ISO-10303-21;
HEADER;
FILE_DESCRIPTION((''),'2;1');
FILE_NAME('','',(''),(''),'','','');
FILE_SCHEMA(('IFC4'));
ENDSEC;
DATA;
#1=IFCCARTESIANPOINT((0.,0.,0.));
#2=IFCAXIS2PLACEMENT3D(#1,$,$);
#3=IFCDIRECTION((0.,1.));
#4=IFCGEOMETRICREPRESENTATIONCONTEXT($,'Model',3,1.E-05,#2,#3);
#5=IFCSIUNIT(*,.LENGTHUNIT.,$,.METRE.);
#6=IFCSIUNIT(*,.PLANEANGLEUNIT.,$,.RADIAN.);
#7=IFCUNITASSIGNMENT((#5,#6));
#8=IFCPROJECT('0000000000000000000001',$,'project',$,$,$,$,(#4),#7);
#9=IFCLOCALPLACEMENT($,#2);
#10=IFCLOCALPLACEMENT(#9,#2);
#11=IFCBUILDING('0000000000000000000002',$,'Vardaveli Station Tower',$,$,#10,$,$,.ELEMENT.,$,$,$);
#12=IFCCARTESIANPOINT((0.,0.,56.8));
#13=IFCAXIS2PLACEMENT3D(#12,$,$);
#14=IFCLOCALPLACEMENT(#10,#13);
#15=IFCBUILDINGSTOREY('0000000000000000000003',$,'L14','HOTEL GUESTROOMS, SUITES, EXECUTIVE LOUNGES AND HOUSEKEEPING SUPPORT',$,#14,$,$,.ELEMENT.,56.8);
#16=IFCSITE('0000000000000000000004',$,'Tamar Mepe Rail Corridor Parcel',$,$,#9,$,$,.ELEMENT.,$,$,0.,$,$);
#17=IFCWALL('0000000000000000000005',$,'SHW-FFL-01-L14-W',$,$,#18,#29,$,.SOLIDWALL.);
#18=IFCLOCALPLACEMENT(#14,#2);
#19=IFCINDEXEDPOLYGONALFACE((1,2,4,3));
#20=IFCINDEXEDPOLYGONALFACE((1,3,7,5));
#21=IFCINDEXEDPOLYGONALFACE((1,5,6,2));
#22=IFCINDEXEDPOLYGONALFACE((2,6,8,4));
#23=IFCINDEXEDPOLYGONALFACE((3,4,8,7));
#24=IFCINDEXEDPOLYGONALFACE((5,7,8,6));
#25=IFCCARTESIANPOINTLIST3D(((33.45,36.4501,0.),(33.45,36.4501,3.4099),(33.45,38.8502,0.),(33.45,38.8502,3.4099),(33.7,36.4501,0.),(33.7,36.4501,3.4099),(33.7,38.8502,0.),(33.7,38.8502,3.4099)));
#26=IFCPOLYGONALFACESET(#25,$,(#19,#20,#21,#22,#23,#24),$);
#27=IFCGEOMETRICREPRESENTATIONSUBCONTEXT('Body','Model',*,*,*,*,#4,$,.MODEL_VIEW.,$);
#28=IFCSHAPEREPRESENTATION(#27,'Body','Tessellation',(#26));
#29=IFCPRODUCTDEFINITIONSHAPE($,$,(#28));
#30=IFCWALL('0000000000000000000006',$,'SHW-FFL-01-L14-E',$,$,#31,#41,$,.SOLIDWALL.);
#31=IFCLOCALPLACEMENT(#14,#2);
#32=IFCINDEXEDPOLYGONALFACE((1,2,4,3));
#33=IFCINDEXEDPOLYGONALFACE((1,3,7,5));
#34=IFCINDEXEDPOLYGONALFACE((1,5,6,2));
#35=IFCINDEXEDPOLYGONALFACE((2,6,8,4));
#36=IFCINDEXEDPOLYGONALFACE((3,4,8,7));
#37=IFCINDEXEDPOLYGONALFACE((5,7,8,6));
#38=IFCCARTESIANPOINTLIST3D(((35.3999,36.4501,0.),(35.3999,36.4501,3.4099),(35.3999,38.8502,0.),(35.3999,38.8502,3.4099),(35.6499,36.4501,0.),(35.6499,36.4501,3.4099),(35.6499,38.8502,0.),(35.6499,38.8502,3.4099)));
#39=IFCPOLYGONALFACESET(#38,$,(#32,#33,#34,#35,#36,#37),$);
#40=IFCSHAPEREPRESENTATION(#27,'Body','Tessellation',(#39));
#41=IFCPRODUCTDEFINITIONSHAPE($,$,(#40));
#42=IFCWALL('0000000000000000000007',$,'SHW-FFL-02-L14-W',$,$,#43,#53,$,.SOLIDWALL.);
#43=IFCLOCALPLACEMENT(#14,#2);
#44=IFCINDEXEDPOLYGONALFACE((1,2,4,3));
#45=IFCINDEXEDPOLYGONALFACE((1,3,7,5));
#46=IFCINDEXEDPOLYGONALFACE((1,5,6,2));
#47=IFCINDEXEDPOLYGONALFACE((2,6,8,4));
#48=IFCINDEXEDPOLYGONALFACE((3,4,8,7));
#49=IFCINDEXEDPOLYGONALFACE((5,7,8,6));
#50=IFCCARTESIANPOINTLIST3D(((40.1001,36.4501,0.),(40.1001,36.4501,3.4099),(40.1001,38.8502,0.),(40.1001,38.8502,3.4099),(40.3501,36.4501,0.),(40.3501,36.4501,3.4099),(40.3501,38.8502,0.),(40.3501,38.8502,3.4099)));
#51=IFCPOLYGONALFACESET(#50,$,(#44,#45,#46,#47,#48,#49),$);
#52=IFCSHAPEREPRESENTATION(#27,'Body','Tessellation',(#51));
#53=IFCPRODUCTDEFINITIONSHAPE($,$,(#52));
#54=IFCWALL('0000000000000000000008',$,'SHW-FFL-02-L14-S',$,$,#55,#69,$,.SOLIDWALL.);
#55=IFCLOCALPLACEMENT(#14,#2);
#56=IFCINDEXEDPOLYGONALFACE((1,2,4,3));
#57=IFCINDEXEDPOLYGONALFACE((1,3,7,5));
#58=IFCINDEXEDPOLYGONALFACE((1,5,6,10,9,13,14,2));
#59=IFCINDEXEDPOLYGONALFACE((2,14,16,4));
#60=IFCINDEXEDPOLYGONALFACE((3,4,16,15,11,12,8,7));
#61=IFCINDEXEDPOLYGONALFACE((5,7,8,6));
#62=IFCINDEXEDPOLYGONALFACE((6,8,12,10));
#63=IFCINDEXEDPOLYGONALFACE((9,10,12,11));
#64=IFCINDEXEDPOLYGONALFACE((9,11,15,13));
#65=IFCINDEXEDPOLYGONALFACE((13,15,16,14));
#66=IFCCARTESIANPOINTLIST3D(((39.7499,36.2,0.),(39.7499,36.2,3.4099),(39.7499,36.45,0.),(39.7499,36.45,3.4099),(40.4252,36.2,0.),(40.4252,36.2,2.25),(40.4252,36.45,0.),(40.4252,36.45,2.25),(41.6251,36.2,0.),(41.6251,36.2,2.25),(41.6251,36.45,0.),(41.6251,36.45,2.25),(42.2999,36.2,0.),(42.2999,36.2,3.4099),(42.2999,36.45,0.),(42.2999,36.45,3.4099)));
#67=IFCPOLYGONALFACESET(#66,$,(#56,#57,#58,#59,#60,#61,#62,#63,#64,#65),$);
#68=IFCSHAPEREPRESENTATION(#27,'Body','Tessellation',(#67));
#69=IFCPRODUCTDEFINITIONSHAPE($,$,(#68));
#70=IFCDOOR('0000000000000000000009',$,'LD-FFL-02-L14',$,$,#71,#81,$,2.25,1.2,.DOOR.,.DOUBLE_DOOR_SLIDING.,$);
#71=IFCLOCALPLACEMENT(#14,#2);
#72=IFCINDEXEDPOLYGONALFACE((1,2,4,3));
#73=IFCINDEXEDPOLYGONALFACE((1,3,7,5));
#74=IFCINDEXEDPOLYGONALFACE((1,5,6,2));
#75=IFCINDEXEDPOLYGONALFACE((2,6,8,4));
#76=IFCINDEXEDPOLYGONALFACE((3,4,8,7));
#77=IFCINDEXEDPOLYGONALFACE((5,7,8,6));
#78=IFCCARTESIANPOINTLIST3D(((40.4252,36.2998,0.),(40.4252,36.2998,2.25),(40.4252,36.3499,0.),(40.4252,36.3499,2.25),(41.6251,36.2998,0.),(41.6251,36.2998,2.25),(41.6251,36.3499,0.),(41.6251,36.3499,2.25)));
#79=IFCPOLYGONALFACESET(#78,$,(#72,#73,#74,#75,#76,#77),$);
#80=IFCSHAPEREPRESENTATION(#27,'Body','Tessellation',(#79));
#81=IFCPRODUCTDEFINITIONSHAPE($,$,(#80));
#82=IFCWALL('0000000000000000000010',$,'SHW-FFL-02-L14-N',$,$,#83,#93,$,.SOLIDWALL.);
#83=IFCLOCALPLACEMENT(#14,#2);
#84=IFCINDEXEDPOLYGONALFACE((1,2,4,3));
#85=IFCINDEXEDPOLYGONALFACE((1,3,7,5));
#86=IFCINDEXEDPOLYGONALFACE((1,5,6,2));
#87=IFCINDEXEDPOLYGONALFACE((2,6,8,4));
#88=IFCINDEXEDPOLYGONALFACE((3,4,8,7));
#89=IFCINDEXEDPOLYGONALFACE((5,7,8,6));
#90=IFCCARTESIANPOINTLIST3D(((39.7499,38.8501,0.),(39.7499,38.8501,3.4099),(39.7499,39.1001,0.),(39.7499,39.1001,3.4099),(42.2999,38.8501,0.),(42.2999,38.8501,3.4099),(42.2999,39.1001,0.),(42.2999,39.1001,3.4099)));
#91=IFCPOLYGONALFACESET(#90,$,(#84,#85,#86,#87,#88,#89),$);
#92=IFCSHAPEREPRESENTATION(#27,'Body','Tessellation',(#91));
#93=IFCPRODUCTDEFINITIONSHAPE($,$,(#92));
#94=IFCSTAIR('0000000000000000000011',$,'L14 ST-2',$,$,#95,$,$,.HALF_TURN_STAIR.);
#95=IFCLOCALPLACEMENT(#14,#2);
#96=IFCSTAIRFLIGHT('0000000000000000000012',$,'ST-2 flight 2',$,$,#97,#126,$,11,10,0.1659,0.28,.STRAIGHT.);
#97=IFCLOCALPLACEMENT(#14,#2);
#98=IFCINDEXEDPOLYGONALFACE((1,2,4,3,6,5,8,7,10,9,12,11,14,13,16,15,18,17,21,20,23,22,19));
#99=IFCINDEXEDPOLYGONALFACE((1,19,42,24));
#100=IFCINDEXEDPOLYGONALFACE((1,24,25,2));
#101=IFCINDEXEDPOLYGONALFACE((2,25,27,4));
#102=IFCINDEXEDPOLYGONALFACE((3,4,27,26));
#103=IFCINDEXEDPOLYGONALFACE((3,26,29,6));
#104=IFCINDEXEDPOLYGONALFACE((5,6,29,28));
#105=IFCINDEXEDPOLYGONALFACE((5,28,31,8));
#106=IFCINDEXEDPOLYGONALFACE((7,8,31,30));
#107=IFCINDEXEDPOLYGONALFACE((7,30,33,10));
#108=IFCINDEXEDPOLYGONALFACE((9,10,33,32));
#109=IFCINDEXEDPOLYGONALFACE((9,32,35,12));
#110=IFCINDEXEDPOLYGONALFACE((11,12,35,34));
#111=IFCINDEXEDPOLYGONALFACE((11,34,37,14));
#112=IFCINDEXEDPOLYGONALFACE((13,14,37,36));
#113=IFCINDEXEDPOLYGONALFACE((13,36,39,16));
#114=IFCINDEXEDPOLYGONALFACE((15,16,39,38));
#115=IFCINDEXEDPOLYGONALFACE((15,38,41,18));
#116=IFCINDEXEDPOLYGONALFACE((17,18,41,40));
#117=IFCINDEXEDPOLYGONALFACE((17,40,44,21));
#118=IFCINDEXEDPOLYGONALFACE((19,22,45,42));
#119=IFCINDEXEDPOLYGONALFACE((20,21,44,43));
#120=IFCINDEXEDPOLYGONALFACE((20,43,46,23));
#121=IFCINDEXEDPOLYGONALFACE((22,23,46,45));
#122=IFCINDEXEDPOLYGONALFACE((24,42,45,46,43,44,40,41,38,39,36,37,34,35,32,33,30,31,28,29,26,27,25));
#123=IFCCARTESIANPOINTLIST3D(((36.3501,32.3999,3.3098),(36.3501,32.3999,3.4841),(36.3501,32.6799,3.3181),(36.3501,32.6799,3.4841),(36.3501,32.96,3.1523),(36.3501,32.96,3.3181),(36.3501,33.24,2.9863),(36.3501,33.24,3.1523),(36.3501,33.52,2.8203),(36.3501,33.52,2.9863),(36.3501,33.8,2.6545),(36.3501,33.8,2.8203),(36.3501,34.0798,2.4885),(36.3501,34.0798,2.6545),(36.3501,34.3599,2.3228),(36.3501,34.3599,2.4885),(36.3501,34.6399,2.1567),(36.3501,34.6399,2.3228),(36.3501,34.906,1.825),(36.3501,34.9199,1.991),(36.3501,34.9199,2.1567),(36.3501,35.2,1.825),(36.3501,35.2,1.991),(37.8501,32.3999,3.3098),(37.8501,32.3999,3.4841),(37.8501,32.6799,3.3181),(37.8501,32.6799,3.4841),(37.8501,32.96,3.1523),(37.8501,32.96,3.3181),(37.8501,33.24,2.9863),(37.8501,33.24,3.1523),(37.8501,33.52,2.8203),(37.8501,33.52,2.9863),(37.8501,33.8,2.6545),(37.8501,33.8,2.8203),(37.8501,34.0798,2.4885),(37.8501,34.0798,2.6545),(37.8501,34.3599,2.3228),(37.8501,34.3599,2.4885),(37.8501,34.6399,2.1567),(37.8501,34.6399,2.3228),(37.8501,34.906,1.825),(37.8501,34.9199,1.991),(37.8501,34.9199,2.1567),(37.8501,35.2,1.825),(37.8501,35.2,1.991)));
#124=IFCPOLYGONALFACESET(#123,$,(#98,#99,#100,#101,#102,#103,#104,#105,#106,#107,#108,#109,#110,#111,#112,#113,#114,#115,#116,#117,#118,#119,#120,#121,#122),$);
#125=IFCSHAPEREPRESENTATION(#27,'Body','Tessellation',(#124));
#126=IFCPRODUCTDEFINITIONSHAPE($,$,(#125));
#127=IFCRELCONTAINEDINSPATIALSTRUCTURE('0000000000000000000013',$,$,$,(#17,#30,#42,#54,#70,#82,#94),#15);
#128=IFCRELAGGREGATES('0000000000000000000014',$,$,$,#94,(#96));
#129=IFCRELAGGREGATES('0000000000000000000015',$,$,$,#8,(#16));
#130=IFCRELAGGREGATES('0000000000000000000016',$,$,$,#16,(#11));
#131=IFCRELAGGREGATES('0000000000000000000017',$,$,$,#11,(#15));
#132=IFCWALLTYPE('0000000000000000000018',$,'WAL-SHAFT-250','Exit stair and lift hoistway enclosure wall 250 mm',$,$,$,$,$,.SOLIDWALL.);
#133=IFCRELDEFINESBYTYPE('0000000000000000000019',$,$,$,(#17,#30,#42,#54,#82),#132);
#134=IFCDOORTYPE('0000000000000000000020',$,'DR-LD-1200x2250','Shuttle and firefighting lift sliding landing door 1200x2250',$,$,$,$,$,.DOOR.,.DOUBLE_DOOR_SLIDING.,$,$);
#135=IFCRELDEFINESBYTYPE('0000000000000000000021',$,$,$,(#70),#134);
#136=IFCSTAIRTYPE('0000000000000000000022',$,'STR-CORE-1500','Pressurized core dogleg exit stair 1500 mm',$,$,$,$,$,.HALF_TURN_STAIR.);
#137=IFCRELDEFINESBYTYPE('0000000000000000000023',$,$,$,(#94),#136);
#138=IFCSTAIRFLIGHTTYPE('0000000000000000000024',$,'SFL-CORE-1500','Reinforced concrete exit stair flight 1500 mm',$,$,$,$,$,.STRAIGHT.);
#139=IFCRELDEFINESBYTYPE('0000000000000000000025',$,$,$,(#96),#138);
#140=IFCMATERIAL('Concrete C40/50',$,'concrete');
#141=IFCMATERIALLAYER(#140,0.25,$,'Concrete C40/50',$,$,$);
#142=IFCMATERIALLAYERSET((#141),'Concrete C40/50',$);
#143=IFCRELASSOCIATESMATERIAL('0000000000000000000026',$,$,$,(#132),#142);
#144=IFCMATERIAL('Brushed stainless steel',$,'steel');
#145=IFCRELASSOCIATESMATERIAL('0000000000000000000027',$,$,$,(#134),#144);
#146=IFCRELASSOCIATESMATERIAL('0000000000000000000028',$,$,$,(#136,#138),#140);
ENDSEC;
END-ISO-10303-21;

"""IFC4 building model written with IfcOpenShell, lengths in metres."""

from ifc_helpers import new_model, si_unit, direction, frame, frame_2d, origin, place, context, subcontext, project, spatial, polyline, rectangle, outline, extrude, source, transform, mapped, material, layer, layer_set, type_object, element, fill, aggregate, save


model = new_model("IFC4")

# Units and contexts
model_context = context("Model", 3, precision=1e-05, world=origin(), true_north=direction((0.0, 1.0)))
body_context = subcontext(model_context, "Body", "Model", "MODEL_VIEW")
ifc_project = project(units=[si_unit("LENGTHUNIT", "METRE"), si_unit("PLANEANGLEUNIT", "RADIAN")], contexts=[model_context])

# Site, building, storey
site_placement = place(None, origin())
site = spatial("IfcSite", under=ifc_project, at=site_placement, Name="Tamar Mepe Rail Corridor Parcel", CompositionType="ELEMENT", RefElevation=0.0)
building_placement = place(site_placement, origin())
building = spatial("IfcBuilding", under=site, at=building_placement, Name="Vardaveli Station Tower", CompositionType="ELEMENT")
storey_placement = place(building_placement, frame((0.0, 0.0, 56.8)))
storey = spatial("IfcBuildingStorey", under=building, at=storey_placement, Name="L14", Description="HOTEL GUESTROOMS, SUITES, EXECUTIVE LOUNGES AND HOUSEKEEPING SUPPORT", CompositionType="ELEMENT", Elevation=56.8)

# Shared definitions
ifc_material_1 = material(Name="Concrete C40/50", Category="concrete")
ifc_layer_1 = layer(ifc_material_1, 0.25, Name="Concrete C40/50")
ifc_layer_set_1 = layer_set([ifc_layer_1], Name="Concrete C40/50")
wall_type_1 = type_object("IfcWallType", Name="WAL-SHAFT-250", Description="Exit stair and lift hoistway enclosure wall 250 mm", PredefinedType="SOLIDWALL", material=ifc_layer_set_1)

# Shared definitions
shared_shape_1 = source(origin(), body_context, "Body", "SweptSolid", [
    extrude(rectangle(XDim=1.2, YDim=2.25, at=frame_2d((0.6001, 1.125))), frame((0.0, 0.135, 0.0), z_axis=(0.0, -1.0, 0.0), x_axis=(1.0, 0.0, 0.0)), (0.0, 0.0, 1.0), 0.27),
])
ifc_material_2 = material(Name="Brushed stainless steel", Category="steel")
door_type = type_object("IfcDoorType", Name="DR-LD-1200x2250", Description="Shuttle and firefighting lift sliding landing door 1200x2250", OperationType="DOUBLE_DOOR_SLIDING", PredefinedType="DOOR", material=ifc_material_2)
shared_shape_2 = source(origin(), body_context, "Body", "SweptSolid", [
    extrude(rectangle(XDim=1.2, YDim=2.25, at=frame_2d((0.6001, 1.125))), frame((0.0, 0.0249, 0.0), z_axis=(0.0, -1.0, 0.0), x_axis=(1.0, 0.0, 0.0)), (0.0, 0.0, 1.0), 0.05),
])

# Walls
shared_shape_3 = source(origin(), body_context, "Body", "SweptSolid", [
    extrude(rectangle(XDim=2.4001, YDim=0.25, at=frame_2d((1.2002, 0.0))), origin(), (0.0, 0.0, 1.0), 3.4099),
])
for number, where, z_axis, x_axis, name in (
    (1, (33.575, 36.45, 0.0), (0.0, 0.0, 1.0), (0.0, 1.0, 0.0), "SHW-FFL-01-L14-W"),
    (2, (35.5249, 36.45, 0.0), (0.0, 0.0, 1.0), (0.0, 1.0, 0.0), "SHW-FFL-01-L14-E"),
    (3, (40.2251, 36.45, 0.0), (0.0, 0.0, 1.0), (0.0, 1.0, 0.0), "SHW-FFL-02-L14-W"),
):
    element("IfcWall", number, at=place(storey_placement, frame(where, z_axis=z_axis, x_axis=x_axis)), inside=storey, type_object=wall_type_1, Name=name, PredefinedType="SOLIDWALL", context=body_context, shape_type="MappedRepresentation", body=[
        mapped(shared_shape_3, transform((0.0, 0.0, 0.0), scale=1.0)),
    ])

# Wall, opening, door
shared_shape_4 = source(origin(), body_context, "Body", "SweptSolid", [
    extrude(rectangle(XDim=2.55, YDim=0.25, at=frame_2d((1.2749, 0.0))), origin(), (0.0, 0.0, 1.0), 3.4099),
])
wall_1_placement = place(storey_placement, frame((39.75, 36.325, 0.0), z_axis=(0.0, 0.0, 1.0), x_axis=(1.0, 0.0, 0.0)))
wall_1 = element("IfcWall", 4, at=wall_1_placement, inside=storey, type_object=wall_type_1, Name="SHW-FFL-02-L14-S", PredefinedType="SOLIDWALL", context=body_context, shape_type="MappedRepresentation", body=[
    mapped(shared_shape_4, transform((0.0, 0.0, 0.0), scale=1.0)),
])
opening_1_placement = place(wall_1_placement, frame((0.675, 0.0, 0.0)))
opening_1 = element("IfcOpeningElement", 5, at=opening_1_placement, cuts=wall_1, PredefinedType="OPENING", context=body_context, shape_type="MappedRepresentation", body=[
    mapped(shared_shape_1, transform((0.0, 0.0, 0.0), scale=1.0)),
])
door_1_placement = place(opening_1_placement, origin())
door_1 = element("IfcDoor", 6, at=door_1_placement, inside=storey, type_object=door_type, Name="LD-FFL-02-L14", OperationType="DOUBLE_DOOR_SLIDING", OverallHeight=2.25, OverallWidth=1.2, PredefinedType="DOOR", context=body_context, shape_type="MappedRepresentation", body=[
    mapped(shared_shape_2, transform((0.0, 0.0, 0.0), scale=1.0)),
])
fill(opening_1, door_1)

# Wall
wall_2_placement = place(storey_placement, frame((39.75, 38.9751, 0.0), z_axis=(0.0, 0.0, 1.0), x_axis=(1.0, 0.0, 0.0)))
element("IfcWall", 7, at=wall_2_placement, inside=storey, type_object=wall_type_1, Name="SHW-FFL-02-L14-N", PredefinedType="SOLIDWALL", context=body_context, shape_type="MappedRepresentation", body=[
    mapped(shared_shape_4, transform((0.0, 0.0, 0.0), scale=1.0)),
])

# Stair, stair flight
stair_type = type_object("IfcStairType", Name="STR-CORE-1500", Description="Pressurized core dogleg exit stair 1500 mm", PredefinedType="HALF_TURN_STAIR", material=ifc_material_1)
stair_placement = place(storey_placement, origin())
stair = element("IfcStair", 8, at=stair_placement, inside=storey, type_object=stair_type, Name="L14 ST-2", PredefinedType="HALF_TURN_STAIR")
stair_flight_type = type_object("IfcStairFlightType", Name="SFL-CORE-1500", Description="Reinforced concrete exit stair flight 1500 mm", PredefinedType="STRAIGHT", material=ifc_material_1)
shared_shape_5 = source(origin(), body_context, "Body", "SweptSolid", [
    extrude(outline(polyline([(0.0, 0.0), (0.0, 0.166), (0.28, 0.166), (0.28, 0.3318), (0.5601, 0.3318), (0.5601, 0.4978), (0.8401, 0.4978), (0.8401, 0.6636), (1.1201, 0.6636), (1.1201, 0.8296), (1.3999, 0.8296), (1.3999, 0.9954), (1.6799, 0.9954), (1.6799, 1.1614), (1.96, 1.1614), (1.96, 1.3274), (2.24, 1.3274), (2.24, 1.4932), (2.52, 1.4932), (2.52, 1.6592), (2.8, 1.6592), (2.8, 1.825), (2.8, 1.4849), (0.2939, 0.0), (0.0, 0.0)])), frame((0.0, 0.75, 0.0), z_axis=(0.0, -1.0, 0.0), x_axis=(1.0, 0.0, 0.0)), (0.0, 0.0, 1.0), 1.5),
])
stair_flight_placement = place(storey_placement, frame((37.1001, 35.2, 1.825), z_axis=(0.0, 0.0, 1.0), x_axis=(0.0, -1.0, 0.0)))
stair_flight = element("IfcStairFlight", 9, at=stair_flight_placement, type_object=stair_flight_type, Name="ST-2 flight 2", NumberOfRisers=11, NumberOfTreads=10, PredefinedType="STRAIGHT", RiserHeight=0.1659, TreadLength=0.28, context=body_context, shape_type="MappedRepresentation", body=[
    mapped(shared_shape_5, transform((0.0, 0.0, 0.0), scale=1.0)),
])
aggregate(stair, [stair_flight])

save(model, "model.ifc")
